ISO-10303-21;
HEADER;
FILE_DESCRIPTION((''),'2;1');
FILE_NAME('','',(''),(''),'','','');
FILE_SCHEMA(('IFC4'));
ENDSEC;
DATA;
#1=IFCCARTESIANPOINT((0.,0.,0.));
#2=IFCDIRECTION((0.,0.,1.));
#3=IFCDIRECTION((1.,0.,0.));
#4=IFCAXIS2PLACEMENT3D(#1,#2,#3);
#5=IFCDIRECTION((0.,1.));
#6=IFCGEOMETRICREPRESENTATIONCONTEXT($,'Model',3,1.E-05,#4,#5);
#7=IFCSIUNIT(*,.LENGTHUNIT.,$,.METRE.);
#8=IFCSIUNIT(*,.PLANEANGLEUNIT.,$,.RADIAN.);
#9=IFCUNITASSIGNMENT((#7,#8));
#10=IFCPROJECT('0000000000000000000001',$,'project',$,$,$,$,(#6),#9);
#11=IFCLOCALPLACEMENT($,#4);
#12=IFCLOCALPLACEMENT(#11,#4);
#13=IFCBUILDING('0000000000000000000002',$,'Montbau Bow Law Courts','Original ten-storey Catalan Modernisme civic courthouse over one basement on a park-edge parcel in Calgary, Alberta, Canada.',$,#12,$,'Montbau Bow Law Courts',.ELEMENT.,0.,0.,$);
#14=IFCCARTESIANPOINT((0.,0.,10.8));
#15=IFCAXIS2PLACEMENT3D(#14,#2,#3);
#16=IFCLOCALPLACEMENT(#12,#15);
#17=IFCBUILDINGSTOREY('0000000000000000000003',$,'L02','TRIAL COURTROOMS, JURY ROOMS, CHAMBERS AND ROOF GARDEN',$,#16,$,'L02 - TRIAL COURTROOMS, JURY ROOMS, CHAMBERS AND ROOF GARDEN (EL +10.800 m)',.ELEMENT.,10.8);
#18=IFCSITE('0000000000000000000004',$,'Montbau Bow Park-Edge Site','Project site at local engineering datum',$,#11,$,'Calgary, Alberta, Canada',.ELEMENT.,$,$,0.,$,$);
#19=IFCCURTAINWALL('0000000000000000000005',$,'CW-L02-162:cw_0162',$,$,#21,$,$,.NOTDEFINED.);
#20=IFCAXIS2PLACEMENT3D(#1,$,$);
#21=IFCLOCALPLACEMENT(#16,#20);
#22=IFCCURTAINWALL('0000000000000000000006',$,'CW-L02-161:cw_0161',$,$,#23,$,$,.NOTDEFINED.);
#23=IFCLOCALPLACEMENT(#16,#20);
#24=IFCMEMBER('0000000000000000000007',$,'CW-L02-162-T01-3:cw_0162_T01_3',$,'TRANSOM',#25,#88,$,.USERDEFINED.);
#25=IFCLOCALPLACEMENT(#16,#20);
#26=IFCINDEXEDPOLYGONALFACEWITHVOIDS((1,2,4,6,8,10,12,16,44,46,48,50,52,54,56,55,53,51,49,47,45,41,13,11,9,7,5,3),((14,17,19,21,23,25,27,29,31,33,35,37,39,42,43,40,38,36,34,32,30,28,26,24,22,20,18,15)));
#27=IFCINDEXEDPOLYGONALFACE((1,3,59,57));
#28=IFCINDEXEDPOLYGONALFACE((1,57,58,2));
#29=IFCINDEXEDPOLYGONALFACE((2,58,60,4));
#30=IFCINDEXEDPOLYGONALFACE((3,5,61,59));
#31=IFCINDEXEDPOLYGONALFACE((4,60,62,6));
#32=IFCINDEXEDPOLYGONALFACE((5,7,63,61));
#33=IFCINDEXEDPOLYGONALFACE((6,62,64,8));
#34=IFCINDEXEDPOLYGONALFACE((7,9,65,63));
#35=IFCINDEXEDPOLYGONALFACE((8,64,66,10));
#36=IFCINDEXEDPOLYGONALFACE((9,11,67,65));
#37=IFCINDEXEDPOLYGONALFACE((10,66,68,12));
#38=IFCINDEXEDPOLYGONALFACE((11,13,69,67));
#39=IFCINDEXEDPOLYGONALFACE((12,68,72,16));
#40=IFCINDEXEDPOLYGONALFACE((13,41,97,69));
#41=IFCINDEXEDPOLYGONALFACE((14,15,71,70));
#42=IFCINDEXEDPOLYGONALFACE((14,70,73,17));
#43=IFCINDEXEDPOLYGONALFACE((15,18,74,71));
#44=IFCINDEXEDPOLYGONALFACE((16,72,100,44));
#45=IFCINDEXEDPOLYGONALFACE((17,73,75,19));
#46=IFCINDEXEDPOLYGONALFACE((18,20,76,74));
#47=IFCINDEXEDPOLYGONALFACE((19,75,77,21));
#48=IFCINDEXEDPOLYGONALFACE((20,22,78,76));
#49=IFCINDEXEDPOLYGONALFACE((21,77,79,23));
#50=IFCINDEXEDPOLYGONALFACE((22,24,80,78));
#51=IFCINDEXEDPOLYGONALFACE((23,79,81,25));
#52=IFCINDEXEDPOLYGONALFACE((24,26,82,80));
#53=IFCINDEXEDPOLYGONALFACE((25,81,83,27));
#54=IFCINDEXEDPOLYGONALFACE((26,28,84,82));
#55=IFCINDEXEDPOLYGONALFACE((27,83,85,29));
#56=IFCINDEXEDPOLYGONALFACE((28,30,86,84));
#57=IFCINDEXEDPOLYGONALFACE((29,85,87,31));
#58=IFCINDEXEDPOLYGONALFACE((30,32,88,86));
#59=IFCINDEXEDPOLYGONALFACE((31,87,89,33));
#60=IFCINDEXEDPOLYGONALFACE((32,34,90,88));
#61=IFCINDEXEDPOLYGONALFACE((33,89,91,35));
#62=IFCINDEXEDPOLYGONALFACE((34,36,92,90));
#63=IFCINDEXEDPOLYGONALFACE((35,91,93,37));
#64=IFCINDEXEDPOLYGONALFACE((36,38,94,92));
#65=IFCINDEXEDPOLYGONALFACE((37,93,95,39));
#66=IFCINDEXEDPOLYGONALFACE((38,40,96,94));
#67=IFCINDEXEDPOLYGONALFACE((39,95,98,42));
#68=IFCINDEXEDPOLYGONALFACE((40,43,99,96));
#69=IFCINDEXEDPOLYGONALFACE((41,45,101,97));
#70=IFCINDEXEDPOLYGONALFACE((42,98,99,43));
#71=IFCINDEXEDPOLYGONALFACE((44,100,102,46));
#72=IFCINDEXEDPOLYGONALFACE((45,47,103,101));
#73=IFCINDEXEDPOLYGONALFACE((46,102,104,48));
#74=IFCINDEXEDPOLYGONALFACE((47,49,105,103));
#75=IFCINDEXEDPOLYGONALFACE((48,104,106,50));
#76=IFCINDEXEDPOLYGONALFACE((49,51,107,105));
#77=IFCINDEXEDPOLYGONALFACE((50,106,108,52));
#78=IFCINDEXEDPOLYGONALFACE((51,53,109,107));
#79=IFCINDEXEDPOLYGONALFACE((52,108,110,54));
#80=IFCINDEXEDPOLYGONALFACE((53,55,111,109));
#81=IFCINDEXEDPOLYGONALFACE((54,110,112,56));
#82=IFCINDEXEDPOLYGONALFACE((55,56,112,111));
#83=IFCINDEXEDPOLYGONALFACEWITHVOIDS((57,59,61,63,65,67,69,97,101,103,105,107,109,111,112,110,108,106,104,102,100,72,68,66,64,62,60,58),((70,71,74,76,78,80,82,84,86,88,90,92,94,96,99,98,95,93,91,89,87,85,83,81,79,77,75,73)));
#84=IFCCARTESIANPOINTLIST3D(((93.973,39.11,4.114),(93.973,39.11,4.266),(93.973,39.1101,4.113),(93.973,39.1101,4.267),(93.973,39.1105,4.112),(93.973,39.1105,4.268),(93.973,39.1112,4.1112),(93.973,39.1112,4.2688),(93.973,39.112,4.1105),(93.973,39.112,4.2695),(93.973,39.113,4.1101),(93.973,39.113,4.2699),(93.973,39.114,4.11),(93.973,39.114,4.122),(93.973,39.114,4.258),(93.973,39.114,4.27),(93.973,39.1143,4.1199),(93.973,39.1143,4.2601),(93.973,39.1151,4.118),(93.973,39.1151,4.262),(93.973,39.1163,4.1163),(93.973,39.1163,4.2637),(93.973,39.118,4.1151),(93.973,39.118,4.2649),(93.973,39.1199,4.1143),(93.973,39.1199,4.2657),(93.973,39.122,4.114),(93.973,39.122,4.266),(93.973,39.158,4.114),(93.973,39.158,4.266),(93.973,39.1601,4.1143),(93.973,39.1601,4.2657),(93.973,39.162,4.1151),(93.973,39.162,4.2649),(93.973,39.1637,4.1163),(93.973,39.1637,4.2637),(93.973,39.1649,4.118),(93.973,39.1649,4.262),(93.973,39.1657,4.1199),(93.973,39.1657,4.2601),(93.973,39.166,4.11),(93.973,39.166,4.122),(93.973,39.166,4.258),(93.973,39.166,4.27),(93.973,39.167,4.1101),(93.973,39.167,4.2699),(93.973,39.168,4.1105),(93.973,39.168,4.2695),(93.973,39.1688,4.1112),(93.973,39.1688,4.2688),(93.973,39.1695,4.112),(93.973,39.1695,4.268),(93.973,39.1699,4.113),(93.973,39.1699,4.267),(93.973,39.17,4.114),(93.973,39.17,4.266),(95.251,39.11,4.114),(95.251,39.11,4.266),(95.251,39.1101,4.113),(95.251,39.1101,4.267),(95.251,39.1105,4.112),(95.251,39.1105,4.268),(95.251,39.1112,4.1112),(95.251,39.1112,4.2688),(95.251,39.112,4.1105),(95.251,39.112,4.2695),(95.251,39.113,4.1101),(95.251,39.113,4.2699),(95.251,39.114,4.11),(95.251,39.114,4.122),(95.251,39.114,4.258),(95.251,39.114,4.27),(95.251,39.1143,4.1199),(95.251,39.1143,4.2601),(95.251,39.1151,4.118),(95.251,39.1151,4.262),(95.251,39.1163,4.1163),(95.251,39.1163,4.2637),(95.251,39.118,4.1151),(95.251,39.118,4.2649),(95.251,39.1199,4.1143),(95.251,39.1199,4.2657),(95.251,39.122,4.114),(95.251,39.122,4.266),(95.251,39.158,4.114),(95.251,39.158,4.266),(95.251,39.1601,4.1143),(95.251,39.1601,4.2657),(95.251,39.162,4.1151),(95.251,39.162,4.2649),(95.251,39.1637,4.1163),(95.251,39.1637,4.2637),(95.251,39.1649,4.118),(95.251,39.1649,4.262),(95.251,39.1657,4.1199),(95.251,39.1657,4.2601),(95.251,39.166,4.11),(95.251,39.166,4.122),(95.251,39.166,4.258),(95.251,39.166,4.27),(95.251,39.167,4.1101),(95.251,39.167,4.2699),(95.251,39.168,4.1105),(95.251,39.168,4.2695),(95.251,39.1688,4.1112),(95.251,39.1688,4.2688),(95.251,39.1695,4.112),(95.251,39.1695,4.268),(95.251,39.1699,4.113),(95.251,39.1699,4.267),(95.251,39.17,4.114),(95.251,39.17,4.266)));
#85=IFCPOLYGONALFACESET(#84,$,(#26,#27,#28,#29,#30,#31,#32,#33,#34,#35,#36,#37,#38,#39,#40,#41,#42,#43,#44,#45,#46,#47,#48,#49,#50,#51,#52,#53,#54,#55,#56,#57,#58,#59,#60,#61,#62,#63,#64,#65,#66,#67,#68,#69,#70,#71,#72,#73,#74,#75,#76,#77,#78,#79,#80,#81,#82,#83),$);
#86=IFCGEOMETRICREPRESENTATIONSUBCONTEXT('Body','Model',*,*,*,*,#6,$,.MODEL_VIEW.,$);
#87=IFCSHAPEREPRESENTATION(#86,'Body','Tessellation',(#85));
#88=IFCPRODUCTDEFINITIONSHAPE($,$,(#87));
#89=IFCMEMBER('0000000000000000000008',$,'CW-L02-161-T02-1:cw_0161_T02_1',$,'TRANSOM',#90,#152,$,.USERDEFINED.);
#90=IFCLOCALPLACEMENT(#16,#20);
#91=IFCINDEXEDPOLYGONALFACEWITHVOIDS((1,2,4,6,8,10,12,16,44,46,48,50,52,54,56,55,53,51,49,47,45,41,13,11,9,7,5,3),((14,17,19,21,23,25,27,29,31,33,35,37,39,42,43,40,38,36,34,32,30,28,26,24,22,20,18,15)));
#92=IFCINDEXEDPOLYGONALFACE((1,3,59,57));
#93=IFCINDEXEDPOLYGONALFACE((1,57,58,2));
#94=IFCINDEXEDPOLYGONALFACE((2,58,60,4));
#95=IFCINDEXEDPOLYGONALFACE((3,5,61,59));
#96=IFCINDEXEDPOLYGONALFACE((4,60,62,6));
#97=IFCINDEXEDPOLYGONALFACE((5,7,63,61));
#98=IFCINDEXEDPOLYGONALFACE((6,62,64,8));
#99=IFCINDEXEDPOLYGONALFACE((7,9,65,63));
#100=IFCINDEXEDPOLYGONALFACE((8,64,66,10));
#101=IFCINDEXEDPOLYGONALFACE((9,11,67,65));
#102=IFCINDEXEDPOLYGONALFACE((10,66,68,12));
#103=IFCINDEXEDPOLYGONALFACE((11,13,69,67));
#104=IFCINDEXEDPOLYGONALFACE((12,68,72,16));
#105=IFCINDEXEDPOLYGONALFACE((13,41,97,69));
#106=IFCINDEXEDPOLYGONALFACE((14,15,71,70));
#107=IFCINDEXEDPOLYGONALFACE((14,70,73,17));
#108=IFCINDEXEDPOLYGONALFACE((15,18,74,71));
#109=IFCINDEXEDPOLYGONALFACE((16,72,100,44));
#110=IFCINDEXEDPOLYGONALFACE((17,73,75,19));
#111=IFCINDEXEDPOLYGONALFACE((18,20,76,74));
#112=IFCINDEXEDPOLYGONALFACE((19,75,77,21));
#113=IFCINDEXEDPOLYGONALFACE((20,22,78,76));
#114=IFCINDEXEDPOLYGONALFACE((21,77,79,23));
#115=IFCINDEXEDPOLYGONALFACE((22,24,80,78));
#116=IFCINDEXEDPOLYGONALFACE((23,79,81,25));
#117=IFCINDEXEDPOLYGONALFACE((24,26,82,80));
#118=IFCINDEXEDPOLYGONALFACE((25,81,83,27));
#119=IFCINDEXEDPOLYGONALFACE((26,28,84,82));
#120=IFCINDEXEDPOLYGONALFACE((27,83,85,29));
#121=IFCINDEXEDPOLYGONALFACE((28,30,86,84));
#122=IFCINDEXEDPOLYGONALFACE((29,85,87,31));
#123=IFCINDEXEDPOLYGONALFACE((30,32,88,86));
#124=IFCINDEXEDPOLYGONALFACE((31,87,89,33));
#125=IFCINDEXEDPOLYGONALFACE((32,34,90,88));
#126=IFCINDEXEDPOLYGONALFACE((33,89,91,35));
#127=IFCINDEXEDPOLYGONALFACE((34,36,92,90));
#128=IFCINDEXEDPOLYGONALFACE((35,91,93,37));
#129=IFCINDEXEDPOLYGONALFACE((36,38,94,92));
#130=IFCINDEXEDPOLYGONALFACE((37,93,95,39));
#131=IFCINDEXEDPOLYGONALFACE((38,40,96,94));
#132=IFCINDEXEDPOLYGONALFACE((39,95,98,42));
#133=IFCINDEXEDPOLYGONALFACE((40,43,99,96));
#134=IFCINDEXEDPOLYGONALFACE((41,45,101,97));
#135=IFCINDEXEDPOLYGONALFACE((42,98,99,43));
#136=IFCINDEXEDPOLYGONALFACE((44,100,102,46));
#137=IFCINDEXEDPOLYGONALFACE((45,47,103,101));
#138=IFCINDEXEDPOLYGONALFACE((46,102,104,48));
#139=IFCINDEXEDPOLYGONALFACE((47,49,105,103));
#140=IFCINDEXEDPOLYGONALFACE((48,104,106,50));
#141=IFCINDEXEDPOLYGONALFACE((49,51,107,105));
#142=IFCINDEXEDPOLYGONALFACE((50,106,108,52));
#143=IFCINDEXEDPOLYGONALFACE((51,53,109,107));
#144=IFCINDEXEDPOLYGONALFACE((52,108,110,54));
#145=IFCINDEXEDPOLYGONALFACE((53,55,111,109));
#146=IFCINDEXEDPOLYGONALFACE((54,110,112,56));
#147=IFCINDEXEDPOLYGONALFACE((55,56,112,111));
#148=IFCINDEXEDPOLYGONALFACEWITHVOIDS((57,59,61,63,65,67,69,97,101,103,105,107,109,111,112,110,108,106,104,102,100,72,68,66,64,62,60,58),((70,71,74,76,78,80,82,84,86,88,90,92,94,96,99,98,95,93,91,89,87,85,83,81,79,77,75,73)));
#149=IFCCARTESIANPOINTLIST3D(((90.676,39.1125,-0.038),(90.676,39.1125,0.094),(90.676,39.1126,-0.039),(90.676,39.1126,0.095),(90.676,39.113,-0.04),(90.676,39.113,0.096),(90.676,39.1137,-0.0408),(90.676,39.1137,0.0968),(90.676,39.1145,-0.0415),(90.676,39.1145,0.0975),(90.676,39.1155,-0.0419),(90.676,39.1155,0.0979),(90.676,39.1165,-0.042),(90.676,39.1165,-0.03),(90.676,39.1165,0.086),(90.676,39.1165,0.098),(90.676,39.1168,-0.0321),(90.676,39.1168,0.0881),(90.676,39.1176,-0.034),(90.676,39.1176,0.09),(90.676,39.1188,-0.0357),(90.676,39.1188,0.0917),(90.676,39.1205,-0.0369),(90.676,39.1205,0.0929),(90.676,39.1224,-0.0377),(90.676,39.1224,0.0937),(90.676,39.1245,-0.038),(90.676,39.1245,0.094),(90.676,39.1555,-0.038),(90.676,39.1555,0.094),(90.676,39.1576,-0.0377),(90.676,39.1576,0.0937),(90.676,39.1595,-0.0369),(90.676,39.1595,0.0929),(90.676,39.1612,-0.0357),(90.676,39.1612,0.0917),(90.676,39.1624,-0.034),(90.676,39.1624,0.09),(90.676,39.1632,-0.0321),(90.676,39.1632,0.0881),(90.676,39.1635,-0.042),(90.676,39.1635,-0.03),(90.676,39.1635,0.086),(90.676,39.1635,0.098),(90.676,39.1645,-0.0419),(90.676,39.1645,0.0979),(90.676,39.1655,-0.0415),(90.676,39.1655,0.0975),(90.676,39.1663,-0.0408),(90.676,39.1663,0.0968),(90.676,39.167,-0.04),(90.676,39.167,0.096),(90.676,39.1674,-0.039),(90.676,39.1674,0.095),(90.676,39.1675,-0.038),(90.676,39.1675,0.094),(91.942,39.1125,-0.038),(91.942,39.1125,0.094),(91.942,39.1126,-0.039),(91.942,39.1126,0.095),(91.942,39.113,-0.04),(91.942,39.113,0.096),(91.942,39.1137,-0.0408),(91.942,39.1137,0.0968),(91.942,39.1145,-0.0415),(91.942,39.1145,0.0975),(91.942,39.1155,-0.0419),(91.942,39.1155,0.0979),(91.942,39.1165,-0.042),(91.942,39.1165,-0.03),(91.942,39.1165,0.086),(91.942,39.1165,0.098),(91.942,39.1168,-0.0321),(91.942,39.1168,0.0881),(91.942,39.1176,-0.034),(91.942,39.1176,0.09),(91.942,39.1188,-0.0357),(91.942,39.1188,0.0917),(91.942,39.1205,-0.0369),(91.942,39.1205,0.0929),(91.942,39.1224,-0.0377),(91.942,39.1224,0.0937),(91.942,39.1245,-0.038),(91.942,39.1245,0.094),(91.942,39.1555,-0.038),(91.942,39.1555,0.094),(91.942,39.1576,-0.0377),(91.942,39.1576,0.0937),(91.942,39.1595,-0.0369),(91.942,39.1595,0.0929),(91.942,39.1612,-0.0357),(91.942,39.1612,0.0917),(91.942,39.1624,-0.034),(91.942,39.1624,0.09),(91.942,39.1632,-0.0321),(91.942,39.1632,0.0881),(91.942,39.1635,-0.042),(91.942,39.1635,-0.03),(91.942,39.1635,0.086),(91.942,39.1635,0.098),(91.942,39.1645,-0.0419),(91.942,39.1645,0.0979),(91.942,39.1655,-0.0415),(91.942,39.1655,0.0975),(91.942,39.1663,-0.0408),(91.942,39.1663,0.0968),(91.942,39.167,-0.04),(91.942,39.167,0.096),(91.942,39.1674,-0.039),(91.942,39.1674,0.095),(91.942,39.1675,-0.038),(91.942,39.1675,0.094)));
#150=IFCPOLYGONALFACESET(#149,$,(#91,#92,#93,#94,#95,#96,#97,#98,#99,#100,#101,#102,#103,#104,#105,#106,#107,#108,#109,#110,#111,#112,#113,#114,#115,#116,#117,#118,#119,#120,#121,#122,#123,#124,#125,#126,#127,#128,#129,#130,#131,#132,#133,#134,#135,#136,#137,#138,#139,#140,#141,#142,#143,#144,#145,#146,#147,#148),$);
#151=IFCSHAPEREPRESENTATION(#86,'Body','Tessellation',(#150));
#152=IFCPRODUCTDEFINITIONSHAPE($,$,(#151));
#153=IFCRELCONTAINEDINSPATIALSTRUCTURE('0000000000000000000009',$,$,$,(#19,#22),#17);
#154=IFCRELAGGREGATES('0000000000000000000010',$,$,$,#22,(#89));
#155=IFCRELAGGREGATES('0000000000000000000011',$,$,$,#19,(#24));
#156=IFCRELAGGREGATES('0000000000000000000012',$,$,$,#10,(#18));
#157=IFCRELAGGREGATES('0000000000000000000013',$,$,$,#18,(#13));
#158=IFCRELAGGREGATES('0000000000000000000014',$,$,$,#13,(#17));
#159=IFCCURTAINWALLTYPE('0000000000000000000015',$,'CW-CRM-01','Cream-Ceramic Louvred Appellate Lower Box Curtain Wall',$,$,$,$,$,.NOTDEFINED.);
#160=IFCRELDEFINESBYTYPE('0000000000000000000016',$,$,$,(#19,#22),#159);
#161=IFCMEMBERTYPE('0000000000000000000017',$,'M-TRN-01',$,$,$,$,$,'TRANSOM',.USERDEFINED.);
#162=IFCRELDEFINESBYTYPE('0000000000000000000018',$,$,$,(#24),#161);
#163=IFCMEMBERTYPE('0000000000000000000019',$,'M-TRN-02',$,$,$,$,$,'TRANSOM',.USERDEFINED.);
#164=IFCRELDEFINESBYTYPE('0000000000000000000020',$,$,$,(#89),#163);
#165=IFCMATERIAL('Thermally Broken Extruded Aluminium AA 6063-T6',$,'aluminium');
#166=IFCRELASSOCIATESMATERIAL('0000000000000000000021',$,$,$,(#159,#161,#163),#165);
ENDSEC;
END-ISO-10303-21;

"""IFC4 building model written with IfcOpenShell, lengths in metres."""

from ifc_helpers import new_model, si_unit, direction, frame, origin_with_axes, origin_2d_with_axis, place, context, subcontext, project, spatial, hollow_rectangle, extrude, material, material_profile, profile_set, type_object, element, aggregate, save


model = new_model("IFC4")

# Units and contexts
model_context = context("Model", 3, precision=1e-05, world=origin_with_axes(), true_north=direction((0.0, 1.0)))
body_context = subcontext(model_context, "Body", "Model", "MODEL_VIEW")
ifc_project = project(units=[si_unit("LENGTHUNIT", "METRE"), si_unit("PLANEANGLEUNIT", "RADIAN")], contexts=[model_context])

# Site, building, storey
site_placement = place(None, origin_with_axes())
site = spatial("IfcSite", under=ifc_project, at=site_placement, Name="Montbau Bow Park-Edge Site", Description="Project site at local engineering datum", LongName="Calgary, Alberta, Canada", CompositionType="ELEMENT", RefElevation=0.0)
building_placement = place(site_placement, origin_with_axes())
building = spatial("IfcBuilding", under=site, at=building_placement, Name="Montbau Bow Law Courts", Description="Original ten-storey Catalan Modernisme civic courthouse over one basement on a park-edge parcel in Calgary, Alberta, Canada.", LongName="Montbau Bow Law Courts", CompositionType="ELEMENT", ElevationOfRefHeight=0.0, ElevationOfTerrain=0.0)
storey_placement = place(building_placement, frame((0.0, 0.0, 10.8), z_axis=(0.0, 0.0, 1.0), x_axis=(1.0, 0.0, 0.0)))
storey = spatial("IfcBuildingStorey", under=building, at=storey_placement, Name="L02", Description="TRIAL COURTROOMS, JURY ROOMS, CHAMBERS AND ROOF GARDEN", LongName="L02 - TRIAL COURTROOMS, JURY ROOMS, CHAMBERS AND ROOF GARDEN (EL +10.800 m)", CompositionType="ELEMENT", Elevation=10.8)

# Curtain wall
ifc_material_1 = material(Name="Thermally Broken Extruded Aluminium AA 6063-T6", Category="aluminium")
curtain_wall_type = type_object("IfcCurtainWallType", Name="CW-CRM-01", Description="Cream-Ceramic Louvred Appellate Lower Box Curtain Wall", PredefinedType="NOTDEFINED", material=ifc_material_1)
curtain_wall_1_placement = place(None, frame((93.897, 39.14, 10.8), z_axis=(0.0, 0.0, 1.0), x_axis=(1.0, 0.0, 0.0)))
curtain_wall_1 = element("IfcCurtainWall", 1, at=curtain_wall_1_placement, inside=storey, type_object=curtain_wall_type, Name="CW-L02-162:cw_0162", PredefinedType="NOTDEFINED")

# Curtain wall
curtain_wall_2_placement = place(None, frame((89.315, 39.14, 10.8), z_axis=(0.0, 0.0, 1.0), x_axis=(1.0, 0.0, 0.0)))
curtain_wall_2 = element("IfcCurtainWall", 2, at=curtain_wall_2_placement, inside=storey, type_object=curtain_wall_type, Name="CW-L02-161:cw_0161", PredefinedType="NOTDEFINED")

# Members
ifc_material_profile_1 = material_profile(ifc_material_1, hollow_rectangle(XDim=0.06, YDim=0.16, WallThickness=0.004, InnerFilletRadius=0.008, OuterFilletRadius=0.004, at=origin_2d_with_axis()), Name="CWT-160X60", Category="Main", Priority=0)
ifc_profile_set_1 = profile_set([ifc_material_profile_1], Name="Thermally Broken Extruded Aluminium AA 6063-T6")
member_type_1 = type_object("IfcMemberType", Name="M-TRN-01", ElementType="TRANSOM", PredefinedType="USERDEFINED", material=ifc_profile_set_1)
member_1_placement = place(None, frame((93.973, 39.14, 14.99), z_axis=(1.0, 0.0, 0.0), x_axis=(0.0, 1.0, 0.0)))
member_1 = element("IfcMember", 3, at=member_1_placement, type_object=member_type_1, Name="CW-L02-162-T01-3:cw_0162_T01_3", ObjectType="TRANSOM", PredefinedType="USERDEFINED", context=body_context, shape_type="SweptSolid", body=[
    extrude(hollow_rectangle(XDim=0.06, YDim=0.16, WallThickness=0.004, InnerFilletRadius=0.008, OuterFilletRadius=0.004, at=origin_2d_with_axis()), origin_with_axes(), (0.0, 0.0, 1.0), 1.278),
])
ifc_material_profile_2 = material_profile(ifc_material_1, hollow_rectangle(XDim=0.055, YDim=0.14, WallThickness=0.004, InnerFilletRadius=0.008, OuterFilletRadius=0.004, at=origin_2d_with_axis()), Name="CWT-140X55", Category="Main", Priority=0)
ifc_profile_set_2 = profile_set([ifc_material_profile_2], Name="Thermally Broken Extruded Aluminium AA 6063-T6")
member_type_2 = type_object("IfcMemberType", Name="M-TRN-02", ElementType="TRANSOM", PredefinedType="USERDEFINED", material=ifc_profile_set_2)
member_2_placement = place(None, frame((90.676, 39.14, 10.828), z_axis=(1.0, 0.0, 0.0), x_axis=(0.0, 1.0, 0.0)))
member_2 = element("IfcMember", 4, at=member_2_placement, type_object=member_type_2, Name="CW-L02-161-T02-1:cw_0161_T02_1", ObjectType="TRANSOM", PredefinedType="USERDEFINED", context=body_context, shape_type="SweptSolid", body=[
    extrude(hollow_rectangle(XDim=0.055, YDim=0.14, WallThickness=0.004, InnerFilletRadius=0.008, OuterFilletRadius=0.004, at=origin_2d_with_axis()), origin_with_axes(), (0.0, 0.0, 1.0), 1.266),
])

aggregate(curtain_wall_2, [member_2])
aggregate(curtain_wall_1, [member_1])

save(model, "model.ifc")
